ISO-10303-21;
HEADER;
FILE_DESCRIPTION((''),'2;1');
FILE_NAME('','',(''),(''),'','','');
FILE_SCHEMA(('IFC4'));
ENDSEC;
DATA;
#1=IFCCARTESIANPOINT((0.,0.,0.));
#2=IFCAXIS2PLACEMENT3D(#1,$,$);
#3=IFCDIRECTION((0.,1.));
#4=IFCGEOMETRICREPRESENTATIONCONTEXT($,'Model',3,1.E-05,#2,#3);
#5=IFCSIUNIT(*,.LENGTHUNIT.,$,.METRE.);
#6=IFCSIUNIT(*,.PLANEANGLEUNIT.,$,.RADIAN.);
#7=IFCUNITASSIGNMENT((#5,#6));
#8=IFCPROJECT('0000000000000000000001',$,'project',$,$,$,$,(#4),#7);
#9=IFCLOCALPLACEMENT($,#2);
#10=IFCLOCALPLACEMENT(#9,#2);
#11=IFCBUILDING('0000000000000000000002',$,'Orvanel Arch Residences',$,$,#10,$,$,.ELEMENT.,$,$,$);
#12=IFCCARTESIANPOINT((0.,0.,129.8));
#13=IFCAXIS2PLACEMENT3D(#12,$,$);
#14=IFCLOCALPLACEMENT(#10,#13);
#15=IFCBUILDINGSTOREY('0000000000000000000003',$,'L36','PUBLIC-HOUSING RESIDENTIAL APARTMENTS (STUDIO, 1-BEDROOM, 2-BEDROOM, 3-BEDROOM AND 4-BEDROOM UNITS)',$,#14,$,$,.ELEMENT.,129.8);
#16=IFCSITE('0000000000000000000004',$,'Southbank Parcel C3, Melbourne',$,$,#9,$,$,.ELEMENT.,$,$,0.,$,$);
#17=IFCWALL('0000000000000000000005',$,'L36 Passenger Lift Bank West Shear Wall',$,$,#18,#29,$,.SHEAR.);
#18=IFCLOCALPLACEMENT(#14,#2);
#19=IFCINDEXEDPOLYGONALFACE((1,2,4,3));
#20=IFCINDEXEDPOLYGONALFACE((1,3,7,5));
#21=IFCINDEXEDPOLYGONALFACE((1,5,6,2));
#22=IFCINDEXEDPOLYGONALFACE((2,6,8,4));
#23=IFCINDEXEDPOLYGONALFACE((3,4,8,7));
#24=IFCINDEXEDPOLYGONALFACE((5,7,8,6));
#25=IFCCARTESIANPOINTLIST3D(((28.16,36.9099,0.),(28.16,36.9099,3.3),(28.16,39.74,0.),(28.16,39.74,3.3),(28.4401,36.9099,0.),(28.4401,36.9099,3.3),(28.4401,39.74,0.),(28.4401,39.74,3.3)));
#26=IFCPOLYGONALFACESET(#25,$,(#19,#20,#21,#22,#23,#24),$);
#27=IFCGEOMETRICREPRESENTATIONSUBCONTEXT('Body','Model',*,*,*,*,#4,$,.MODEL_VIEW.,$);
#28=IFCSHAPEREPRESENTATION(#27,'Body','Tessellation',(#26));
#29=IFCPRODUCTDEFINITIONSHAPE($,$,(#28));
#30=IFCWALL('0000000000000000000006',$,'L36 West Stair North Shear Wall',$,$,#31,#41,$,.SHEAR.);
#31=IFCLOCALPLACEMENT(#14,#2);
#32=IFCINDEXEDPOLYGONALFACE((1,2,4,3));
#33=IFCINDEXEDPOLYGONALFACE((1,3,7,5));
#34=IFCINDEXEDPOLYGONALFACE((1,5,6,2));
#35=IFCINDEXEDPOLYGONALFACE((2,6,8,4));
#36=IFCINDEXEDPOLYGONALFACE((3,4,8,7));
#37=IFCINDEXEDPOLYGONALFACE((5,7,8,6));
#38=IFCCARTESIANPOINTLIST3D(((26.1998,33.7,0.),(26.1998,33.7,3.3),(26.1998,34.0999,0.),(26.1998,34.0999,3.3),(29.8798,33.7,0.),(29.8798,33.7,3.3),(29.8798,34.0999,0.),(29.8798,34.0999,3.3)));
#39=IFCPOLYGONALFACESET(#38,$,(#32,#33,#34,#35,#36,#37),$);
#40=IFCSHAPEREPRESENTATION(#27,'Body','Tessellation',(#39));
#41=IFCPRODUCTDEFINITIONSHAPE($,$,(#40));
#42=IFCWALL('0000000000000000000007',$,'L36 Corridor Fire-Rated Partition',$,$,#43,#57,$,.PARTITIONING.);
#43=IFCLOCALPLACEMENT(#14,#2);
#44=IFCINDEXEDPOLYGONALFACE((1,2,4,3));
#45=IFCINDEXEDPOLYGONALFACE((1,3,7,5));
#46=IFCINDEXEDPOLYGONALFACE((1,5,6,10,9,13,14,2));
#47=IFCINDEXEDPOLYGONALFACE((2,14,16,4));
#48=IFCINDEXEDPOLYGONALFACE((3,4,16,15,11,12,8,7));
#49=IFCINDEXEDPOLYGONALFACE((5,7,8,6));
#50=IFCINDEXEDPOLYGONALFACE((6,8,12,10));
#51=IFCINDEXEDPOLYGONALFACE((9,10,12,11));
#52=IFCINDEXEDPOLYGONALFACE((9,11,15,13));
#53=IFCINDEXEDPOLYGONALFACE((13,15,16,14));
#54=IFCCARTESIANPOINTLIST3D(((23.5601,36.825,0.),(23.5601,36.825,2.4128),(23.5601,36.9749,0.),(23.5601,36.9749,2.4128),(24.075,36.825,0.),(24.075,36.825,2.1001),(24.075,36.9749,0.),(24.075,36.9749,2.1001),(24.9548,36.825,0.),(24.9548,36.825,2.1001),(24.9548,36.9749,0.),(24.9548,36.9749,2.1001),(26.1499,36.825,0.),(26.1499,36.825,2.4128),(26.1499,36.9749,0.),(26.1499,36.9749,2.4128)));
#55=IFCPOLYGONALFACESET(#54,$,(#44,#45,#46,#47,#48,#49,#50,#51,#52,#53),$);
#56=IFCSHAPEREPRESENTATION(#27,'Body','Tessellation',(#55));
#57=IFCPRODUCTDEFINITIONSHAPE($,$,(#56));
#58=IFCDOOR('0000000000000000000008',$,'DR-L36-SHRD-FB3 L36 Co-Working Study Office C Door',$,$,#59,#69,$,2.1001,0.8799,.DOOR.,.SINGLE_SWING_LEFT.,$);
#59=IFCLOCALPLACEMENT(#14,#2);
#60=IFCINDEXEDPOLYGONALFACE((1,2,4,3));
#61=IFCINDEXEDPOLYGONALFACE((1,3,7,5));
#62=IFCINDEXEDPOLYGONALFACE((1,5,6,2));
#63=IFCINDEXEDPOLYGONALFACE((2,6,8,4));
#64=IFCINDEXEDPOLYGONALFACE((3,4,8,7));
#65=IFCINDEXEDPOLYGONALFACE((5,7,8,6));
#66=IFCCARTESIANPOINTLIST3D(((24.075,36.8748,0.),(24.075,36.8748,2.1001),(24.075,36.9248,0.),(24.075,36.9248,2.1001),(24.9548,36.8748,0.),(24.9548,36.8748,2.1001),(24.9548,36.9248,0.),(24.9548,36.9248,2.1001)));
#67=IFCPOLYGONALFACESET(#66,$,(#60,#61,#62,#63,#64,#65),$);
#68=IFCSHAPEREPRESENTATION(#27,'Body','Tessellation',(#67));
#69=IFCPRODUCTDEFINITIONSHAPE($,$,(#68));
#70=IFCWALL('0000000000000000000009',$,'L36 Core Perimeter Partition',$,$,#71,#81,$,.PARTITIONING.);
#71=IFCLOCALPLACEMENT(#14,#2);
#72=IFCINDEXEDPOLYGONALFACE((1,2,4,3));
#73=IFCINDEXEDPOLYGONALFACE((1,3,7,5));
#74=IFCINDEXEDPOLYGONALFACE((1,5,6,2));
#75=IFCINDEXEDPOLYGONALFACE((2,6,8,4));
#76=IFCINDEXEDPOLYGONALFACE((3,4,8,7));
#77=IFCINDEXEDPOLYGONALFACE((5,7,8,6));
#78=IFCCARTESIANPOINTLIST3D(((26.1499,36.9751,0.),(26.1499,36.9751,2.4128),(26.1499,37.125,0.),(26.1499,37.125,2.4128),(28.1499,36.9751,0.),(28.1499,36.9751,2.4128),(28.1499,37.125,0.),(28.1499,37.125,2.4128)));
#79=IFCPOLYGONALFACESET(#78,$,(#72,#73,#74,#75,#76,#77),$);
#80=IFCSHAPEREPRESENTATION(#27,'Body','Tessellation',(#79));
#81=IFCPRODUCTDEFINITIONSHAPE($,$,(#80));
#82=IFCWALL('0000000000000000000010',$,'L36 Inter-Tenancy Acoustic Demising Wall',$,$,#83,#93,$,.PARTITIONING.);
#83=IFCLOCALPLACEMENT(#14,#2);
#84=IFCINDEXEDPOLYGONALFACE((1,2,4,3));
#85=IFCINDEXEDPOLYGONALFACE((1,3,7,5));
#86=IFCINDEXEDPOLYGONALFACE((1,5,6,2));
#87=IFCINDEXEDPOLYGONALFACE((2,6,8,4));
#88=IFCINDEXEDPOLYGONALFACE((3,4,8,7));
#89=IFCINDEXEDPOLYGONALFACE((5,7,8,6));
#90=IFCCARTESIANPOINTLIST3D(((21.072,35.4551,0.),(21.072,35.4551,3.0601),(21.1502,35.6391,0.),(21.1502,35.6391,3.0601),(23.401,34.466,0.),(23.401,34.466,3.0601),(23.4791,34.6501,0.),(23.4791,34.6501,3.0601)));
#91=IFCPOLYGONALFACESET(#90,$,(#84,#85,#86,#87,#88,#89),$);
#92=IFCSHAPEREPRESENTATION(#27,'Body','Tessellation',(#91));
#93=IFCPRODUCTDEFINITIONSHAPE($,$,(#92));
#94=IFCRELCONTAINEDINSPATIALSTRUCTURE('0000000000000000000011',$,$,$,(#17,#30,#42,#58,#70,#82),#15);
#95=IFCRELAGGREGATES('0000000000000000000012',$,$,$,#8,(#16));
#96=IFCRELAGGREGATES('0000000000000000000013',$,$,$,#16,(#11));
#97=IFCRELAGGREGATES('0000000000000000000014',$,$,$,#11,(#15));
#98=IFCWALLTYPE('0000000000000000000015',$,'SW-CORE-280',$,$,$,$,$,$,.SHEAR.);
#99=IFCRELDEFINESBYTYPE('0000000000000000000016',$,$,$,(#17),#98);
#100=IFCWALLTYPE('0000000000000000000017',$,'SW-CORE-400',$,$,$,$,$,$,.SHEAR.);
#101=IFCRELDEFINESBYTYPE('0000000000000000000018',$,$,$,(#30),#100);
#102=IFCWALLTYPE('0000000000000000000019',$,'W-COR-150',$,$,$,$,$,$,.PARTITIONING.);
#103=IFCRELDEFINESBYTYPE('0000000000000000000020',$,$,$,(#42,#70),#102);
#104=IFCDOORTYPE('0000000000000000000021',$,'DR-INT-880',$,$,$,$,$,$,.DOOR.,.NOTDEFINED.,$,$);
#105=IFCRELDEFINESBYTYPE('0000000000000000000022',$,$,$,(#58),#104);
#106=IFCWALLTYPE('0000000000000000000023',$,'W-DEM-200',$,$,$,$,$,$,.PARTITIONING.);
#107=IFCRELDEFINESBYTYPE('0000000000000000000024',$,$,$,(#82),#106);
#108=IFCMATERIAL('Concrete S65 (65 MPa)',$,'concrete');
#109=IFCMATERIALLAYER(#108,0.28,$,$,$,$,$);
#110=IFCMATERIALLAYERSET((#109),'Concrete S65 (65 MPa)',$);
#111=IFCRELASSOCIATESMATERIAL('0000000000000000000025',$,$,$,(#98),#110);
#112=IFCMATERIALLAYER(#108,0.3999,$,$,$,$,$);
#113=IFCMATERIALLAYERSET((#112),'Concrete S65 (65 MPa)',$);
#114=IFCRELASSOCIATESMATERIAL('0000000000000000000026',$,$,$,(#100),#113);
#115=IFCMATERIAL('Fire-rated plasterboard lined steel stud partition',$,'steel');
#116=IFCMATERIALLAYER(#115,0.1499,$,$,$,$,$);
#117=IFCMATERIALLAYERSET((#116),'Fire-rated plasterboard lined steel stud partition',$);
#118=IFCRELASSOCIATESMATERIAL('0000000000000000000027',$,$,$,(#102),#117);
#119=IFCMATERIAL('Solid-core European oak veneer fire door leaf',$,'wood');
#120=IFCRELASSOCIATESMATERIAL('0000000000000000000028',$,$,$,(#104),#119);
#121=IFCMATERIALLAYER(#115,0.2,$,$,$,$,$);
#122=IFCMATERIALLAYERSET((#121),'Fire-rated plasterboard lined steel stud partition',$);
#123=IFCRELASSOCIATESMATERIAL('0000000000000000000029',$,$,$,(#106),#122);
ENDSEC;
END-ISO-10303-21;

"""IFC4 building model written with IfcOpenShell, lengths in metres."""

from ifc_helpers import new_model, si_unit, direction, frame, frame_2d, origin, place, context, subcontext, project, spatial, rectangle, extrude, material, layer, layer_set, type_object, element, fill, save


model = new_model("IFC4")

# Units and contexts
model_context = context("Model", 3, precision=1e-05, world=origin(), true_north=direction((0.0, 1.0)))
body_context = subcontext(model_context, "Body", "Model", "MODEL_VIEW")
ifc_project = project(units=[si_unit("LENGTHUNIT", "METRE"), si_unit("PLANEANGLEUNIT", "RADIAN")], contexts=[model_context])

# Site, building, storey
site_placement = place(None, origin())
site = spatial("IfcSite", under=ifc_project, at=site_placement, Name="Southbank Parcel C3, Melbourne", CompositionType="ELEMENT", RefElevation=0.0)
building_placement = place(site_placement, origin())
building = spatial("IfcBuilding", under=site, at=building_placement, Name="Orvanel Arch Residences", CompositionType="ELEMENT")
storey_placement = place(building_placement, frame((0.0, 0.0, 129.8)))
storey = spatial("IfcBuildingStorey", under=building, at=storey_placement, Name="L36", Description="PUBLIC-HOUSING RESIDENTIAL APARTMENTS (STUDIO, 1-BEDROOM, 2-BEDROOM, 3-BEDROOM AND 4-BEDROOM UNITS)", CompositionType="ELEMENT", Elevation=129.8)

# Shared definitions
ifc_material_1 = material(Name="Concrete S65 (65 MPa)", Category="concrete")

# Shared definitions
ifc_layer_1 = layer(ifc_material_1, 0.28)
ifc_layer_set_1 = layer_set([ifc_layer_1], Name="Concrete S65 (65 MPa)")
wall_type_1 = type_object("IfcWallType", Name="SW-CORE-280", PredefinedType="SHEAR", material=ifc_layer_set_1)

# Walls
wall_1_placement = place(storey_placement, frame((28.3, 36.9099, 0.0), z_axis=(0.0, 0.0, 1.0), x_axis=(0.0, 1.0, 0.0)))
element("IfcWall", 1, at=wall_1_placement, inside=storey, type_object=wall_type_1, Name="L36 Passenger Lift Bank West Shear Wall", PredefinedType="SHEAR", context=body_context, shape_type="SweptSolid", body=[
    extrude(rectangle(XDim=2.8301, YDim=0.28, at=frame_2d((1.415, 0.0))), origin(), (0.0, 0.0, 1.0), 3.3),
])
ifc_layer_2 = layer(ifc_material_1, 0.3999)
ifc_layer_set_2 = layer_set([ifc_layer_2], Name="Concrete S65 (65 MPa)")
wall_type_2 = type_object("IfcWallType", Name="SW-CORE-400", PredefinedType="SHEAR", material=ifc_layer_set_2)
wall_2_placement = place(storey_placement, frame((26.2, 33.8999, 0.0), z_axis=(0.0, 0.0, 1.0), x_axis=(1.0, 0.0, 0.0)))
element("IfcWall", 2, at=wall_2_placement, inside=storey, type_object=wall_type_2, Name="L36 West Stair North Shear Wall", PredefinedType="SHEAR", context=body_context, shape_type="SweptSolid", body=[
    extrude(rectangle(XDim=3.6799, YDim=0.3999, at=frame_2d((1.8398, 0.0))), origin(), (0.0, 0.0, 1.0), 3.3),
])

# Wall, opening, door
ifc_material_2 = material(Name="Fire-rated plasterboard lined steel stud partition", Category="steel")
ifc_layer_3 = layer(ifc_material_2, 0.1499)
ifc_layer_set_3 = layer_set([ifc_layer_3], Name="Fire-rated plasterboard lined steel stud partition")
wall_type_3 = type_object("IfcWallType", Name="W-COR-150", PredefinedType="PARTITIONING", material=ifc_layer_set_3)
wall_3_placement = place(storey_placement, frame((23.5601, 36.8999, 0.0), z_axis=(0.0, 0.0, 1.0), x_axis=(1.0, 0.0, 0.0)))
wall_3 = element("IfcWall", 3, at=wall_3_placement, inside=storey, type_object=wall_type_3, Name="L36 Corridor Fire-Rated Partition", PredefinedType="PARTITIONING", context=body_context, shape_type="SweptSolid", body=[
    extrude(rectangle(XDim=2.5898, YDim=0.1499, at=frame_2d((1.2949, 0.0))), origin(), (0.0, 0.0, 1.0), 2.4128),
])
opening_1_placement = place(wall_3_placement, frame((0.5149, 0.0, 0.0)))
opening_1 = element("IfcOpeningElement", 4, at=opening_1_placement, cuts=wall_3, PredefinedType="OPENING", context=body_context, shape_type="SweptSolid", body=[
    extrude(rectangle(XDim=0.8799, YDim=2.1001, at=frame_2d((0.4399, 1.05))), frame((0.0, 0.085, 0.0), z_axis=(0.0, -1.0, 0.0), x_axis=(1.0, 0.0, 0.0)), (0.0, 0.0, 1.0), 0.1699),
])
ifc_material_3 = material(Name="Solid-core European oak veneer fire door leaf", Category="wood")
door_type_1 = type_object("IfcDoorType", Name="DR-INT-880", OperationType="NOTDEFINED", PredefinedType="DOOR", material=ifc_material_3)
door_1_placement = place(opening_1_placement, origin())
door_1 = element("IfcDoor", 5, at=door_1_placement, inside=storey, type_object=door_type_1, Name="DR-L36-SHRD-FB3 L36 Co-Working Study Office C Door", OperationType="SINGLE_SWING_LEFT", OverallHeight=2.1001, OverallWidth=0.8799, PredefinedType="DOOR", context=body_context, shape_type="SweptSolid", body=[
    extrude(rectangle(XDim=0.8799, YDim=2.1001, at=frame_2d((0.4399, 1.05))), frame((0.0, 0.0249, 0.0), z_axis=(0.0, -1.0, 0.0), x_axis=(1.0, 0.0, 0.0)), (0.0, 0.0, 1.0), 0.05),
])
fill(opening_1, door_1)

# Walls
wall_4_placement = place(storey_placement, frame((26.1499, 37.05, 0.0), z_axis=(0.0, 0.0, 1.0), x_axis=(1.0, 0.0, 0.0)))
element("IfcWall", 6, at=wall_4_placement, inside=storey, type_object=wall_type_3, Name="L36 Core Perimeter Partition", PredefinedType="PARTITIONING", context=body_context, shape_type="SweptSolid", body=[
    extrude(rectangle(XDim=2.0, YDim=0.1499, at=frame_2d((1.0, 0.0))), origin(), (0.0, 0.0, 1.0), 2.4128),
])
ifc_layer_4 = layer(ifc_material_2, 0.2)
ifc_layer_set_4 = layer_set([ifc_layer_4], Name="Fire-rated plasterboard lined steel stud partition")
wall_type_4 = type_object("IfcWallType", Name="W-DEM-200", PredefinedType="PARTITIONING", material=ifc_layer_set_4)
wall_5_placement = place(storey_placement, frame((21.1111, 35.5471, 0.0), z_axis=(0.0, 0.0, 1.0), x_axis=(0.920438, -0.390889, 0.0)))
element("IfcWall", 7, at=wall_5_placement, inside=storey, type_object=wall_type_4, Name="L36 Inter-Tenancy Acoustic Demising Wall", PredefinedType="PARTITIONING", context=body_context, shape_type="SweptSolid", body=[
    extrude(rectangle(XDim=2.5303, YDim=0.2, at=frame_2d((1.2651, 0.0))), origin(), (0.0, 0.0, 1.0), 3.0601),
])

save(model, "model.ifc")
